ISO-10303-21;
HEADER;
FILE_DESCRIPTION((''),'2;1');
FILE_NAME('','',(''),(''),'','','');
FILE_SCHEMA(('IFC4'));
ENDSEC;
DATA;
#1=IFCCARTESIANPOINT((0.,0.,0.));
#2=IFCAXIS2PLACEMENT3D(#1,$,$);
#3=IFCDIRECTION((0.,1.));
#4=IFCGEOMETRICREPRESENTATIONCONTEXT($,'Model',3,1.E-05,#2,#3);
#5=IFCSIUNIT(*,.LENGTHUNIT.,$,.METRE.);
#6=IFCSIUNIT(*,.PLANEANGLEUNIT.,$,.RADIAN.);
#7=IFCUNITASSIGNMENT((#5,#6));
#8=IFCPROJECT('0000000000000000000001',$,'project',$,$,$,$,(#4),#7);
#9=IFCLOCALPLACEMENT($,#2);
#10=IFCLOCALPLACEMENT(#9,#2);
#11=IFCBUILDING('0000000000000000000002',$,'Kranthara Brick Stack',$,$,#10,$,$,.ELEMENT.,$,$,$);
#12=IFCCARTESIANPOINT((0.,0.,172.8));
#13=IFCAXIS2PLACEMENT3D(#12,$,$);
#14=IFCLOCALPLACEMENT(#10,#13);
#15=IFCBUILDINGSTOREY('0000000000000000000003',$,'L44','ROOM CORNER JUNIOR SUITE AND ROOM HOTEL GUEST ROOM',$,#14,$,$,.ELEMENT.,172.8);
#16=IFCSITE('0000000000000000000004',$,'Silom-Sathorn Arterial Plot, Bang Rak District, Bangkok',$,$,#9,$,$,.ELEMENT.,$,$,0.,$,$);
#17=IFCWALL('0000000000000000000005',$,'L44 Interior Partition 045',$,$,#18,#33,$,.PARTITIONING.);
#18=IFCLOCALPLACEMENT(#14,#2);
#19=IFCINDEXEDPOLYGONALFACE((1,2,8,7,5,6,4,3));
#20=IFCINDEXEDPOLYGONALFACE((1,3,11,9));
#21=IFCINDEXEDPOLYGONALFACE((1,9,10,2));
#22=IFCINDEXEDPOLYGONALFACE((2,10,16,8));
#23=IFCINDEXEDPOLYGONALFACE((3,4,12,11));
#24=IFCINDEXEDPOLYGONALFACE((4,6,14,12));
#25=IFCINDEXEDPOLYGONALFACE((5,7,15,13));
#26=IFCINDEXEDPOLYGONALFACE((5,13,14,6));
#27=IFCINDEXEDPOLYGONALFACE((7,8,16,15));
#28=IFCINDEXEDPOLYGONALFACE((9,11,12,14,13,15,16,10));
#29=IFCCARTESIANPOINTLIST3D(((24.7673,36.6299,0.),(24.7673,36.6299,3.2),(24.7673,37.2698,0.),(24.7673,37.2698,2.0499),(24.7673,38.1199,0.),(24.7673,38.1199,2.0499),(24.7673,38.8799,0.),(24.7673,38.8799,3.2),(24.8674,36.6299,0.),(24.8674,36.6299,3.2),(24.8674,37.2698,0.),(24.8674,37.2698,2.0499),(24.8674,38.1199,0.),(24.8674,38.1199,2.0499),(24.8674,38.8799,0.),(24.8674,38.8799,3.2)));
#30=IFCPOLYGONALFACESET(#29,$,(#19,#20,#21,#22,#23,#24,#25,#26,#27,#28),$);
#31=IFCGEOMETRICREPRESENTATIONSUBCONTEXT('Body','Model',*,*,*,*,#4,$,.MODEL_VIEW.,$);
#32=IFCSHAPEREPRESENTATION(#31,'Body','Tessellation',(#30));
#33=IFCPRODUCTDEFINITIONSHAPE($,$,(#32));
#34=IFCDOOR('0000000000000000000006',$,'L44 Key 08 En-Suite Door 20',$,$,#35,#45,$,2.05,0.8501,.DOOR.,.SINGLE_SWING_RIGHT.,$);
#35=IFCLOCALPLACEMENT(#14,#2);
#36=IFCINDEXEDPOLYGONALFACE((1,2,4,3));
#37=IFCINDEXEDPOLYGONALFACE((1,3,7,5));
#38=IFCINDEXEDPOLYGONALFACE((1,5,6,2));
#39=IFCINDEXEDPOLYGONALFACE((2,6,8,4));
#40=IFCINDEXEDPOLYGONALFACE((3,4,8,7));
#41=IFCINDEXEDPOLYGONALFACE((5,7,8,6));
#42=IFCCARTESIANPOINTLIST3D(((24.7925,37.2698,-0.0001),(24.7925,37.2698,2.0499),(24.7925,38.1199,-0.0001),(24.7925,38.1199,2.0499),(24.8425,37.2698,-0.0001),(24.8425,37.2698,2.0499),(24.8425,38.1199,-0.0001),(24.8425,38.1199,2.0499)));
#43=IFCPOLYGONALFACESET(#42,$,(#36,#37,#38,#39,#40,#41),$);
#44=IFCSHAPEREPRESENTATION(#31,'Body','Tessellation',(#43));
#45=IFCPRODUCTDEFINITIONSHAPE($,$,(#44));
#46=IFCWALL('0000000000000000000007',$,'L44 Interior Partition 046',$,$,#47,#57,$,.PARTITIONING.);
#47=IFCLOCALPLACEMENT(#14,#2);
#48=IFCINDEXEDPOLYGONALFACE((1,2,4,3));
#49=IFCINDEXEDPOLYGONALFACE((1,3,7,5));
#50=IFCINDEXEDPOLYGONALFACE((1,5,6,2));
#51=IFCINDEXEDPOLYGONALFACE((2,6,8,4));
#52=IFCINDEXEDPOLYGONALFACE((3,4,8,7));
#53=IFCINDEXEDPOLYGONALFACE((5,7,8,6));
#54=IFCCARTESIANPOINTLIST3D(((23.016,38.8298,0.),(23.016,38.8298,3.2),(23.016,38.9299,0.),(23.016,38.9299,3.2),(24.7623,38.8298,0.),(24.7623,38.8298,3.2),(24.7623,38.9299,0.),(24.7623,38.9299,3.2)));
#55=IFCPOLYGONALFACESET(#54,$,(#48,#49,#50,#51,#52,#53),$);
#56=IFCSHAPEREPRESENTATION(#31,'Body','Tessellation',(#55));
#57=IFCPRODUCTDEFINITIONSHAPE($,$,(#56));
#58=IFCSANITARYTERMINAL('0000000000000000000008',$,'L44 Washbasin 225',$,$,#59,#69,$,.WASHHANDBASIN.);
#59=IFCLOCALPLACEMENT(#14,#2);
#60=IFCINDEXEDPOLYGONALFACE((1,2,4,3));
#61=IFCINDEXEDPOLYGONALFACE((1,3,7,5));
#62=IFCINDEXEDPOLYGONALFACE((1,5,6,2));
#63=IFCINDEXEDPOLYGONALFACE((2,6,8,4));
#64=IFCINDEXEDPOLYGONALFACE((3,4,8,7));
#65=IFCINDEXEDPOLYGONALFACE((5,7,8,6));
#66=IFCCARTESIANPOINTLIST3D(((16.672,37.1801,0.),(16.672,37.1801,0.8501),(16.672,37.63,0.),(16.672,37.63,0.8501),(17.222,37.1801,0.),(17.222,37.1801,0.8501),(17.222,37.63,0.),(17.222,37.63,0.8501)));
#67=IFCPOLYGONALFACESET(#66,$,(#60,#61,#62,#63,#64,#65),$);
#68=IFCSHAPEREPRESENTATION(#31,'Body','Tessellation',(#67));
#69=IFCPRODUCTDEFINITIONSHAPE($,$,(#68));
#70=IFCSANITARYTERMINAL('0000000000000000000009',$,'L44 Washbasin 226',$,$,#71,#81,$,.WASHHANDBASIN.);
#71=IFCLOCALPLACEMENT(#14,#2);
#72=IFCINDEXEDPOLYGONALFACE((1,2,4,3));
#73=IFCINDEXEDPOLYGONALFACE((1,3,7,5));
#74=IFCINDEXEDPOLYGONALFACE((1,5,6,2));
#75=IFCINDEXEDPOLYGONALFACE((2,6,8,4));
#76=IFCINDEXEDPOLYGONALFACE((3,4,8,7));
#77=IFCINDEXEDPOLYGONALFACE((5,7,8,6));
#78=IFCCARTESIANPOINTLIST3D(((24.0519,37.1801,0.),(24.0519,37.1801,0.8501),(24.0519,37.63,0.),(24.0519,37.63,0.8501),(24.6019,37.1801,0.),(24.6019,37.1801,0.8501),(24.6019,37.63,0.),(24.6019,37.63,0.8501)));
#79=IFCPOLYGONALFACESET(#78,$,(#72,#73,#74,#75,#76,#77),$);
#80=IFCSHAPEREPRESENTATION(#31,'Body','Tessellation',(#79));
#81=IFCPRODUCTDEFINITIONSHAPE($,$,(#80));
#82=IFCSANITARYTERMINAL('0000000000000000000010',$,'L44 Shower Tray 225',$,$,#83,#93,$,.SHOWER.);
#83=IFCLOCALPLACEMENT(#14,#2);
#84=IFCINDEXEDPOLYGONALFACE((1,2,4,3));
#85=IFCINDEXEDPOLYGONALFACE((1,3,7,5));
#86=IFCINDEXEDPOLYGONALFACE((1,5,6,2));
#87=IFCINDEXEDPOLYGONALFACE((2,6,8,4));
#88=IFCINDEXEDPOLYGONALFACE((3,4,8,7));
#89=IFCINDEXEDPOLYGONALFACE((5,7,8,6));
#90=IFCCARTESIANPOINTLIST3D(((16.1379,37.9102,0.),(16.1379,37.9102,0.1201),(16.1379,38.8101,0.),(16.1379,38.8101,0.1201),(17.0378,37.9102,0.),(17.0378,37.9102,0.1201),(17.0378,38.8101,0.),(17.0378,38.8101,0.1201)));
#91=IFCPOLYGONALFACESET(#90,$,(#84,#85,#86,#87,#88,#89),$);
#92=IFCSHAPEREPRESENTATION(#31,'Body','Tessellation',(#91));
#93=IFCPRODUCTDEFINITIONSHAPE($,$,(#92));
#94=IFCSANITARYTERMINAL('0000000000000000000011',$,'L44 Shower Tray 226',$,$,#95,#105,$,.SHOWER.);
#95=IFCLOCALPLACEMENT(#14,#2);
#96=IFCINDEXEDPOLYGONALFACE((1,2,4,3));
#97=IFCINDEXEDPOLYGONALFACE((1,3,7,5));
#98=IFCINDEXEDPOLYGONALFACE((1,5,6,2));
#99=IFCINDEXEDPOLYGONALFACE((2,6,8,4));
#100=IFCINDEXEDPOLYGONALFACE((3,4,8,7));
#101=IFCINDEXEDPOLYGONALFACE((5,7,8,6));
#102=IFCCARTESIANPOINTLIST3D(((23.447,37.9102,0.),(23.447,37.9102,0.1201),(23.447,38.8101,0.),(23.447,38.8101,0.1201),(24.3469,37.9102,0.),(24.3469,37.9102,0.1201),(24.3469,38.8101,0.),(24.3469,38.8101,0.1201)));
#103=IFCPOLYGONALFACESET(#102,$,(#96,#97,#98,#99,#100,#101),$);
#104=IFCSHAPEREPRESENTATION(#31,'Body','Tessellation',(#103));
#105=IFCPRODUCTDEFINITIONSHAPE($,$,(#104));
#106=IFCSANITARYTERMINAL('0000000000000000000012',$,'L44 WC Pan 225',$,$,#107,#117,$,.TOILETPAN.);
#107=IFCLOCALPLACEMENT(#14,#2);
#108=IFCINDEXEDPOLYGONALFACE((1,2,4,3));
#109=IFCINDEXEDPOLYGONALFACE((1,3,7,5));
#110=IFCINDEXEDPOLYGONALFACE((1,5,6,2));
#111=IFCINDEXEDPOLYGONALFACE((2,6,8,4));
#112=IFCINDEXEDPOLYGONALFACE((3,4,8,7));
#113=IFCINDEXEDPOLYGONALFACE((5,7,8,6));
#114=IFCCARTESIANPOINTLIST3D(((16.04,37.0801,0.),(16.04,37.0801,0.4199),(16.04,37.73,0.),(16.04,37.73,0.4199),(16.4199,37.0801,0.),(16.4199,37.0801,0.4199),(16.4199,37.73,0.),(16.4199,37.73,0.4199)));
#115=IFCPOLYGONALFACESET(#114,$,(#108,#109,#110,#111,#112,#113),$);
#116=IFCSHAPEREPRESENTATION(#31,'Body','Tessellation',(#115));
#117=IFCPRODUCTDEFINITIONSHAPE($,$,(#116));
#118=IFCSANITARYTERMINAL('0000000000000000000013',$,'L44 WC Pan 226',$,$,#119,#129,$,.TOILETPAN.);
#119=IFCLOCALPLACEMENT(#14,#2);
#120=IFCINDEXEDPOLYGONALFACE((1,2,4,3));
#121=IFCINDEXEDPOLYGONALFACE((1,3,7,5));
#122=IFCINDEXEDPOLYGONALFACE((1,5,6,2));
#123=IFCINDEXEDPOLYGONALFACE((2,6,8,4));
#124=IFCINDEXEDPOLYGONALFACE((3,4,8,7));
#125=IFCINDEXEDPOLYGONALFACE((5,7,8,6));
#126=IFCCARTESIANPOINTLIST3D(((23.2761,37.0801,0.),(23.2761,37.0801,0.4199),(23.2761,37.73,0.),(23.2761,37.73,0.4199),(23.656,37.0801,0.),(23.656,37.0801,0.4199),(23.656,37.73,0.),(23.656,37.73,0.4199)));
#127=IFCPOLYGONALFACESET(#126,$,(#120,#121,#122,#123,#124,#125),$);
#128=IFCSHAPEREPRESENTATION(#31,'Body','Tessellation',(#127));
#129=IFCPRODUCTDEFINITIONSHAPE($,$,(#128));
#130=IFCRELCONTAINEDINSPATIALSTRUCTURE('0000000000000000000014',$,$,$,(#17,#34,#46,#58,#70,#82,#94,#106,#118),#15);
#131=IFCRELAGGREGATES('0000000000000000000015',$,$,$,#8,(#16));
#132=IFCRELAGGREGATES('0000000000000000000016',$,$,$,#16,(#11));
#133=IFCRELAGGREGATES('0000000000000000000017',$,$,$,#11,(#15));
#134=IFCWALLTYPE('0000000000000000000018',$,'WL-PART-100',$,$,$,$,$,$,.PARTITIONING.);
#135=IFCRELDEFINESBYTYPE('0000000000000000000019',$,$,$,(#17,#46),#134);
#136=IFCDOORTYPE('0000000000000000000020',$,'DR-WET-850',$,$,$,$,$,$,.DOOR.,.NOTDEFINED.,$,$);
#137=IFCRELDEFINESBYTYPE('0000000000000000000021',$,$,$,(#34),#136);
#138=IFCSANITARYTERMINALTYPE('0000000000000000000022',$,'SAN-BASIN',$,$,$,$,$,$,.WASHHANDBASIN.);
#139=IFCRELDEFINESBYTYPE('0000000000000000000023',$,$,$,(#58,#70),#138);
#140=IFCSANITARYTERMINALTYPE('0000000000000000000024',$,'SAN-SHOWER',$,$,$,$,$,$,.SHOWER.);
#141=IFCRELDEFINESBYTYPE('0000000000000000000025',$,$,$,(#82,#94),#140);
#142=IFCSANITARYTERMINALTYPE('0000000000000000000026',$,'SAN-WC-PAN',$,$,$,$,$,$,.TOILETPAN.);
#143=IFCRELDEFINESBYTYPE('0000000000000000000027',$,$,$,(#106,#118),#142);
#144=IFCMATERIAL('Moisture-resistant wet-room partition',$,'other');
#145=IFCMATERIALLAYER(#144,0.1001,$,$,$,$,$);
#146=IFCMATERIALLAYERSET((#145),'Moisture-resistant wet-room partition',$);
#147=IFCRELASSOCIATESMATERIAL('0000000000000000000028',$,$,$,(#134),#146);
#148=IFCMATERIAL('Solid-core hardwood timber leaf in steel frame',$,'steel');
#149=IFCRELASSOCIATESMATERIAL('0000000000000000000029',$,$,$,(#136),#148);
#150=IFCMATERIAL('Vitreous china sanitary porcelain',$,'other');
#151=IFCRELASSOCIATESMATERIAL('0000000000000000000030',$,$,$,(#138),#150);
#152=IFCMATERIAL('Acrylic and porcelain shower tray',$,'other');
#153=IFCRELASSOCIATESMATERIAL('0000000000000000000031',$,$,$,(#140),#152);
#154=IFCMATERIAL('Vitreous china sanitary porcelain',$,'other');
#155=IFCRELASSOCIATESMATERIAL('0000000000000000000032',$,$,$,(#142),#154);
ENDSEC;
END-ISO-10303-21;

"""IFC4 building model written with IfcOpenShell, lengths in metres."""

from ifc_helpers import new_model, si_unit, direction, frame, frame_2d, origin, origin_2d, place, context, subcontext, project, spatial, rectangle, extrude, material, layer, layer_set, type_object, element, fill, save


model = new_model("IFC4")

# Units and contexts
model_context = context("Model", 3, precision=1e-05, world=origin(), true_north=direction((0.0, 1.0)))
body_context = subcontext(model_context, "Body", "Model", "MODEL_VIEW")
ifc_project = project(units=[si_unit("LENGTHUNIT", "METRE"), si_unit("PLANEANGLEUNIT", "RADIAN")], contexts=[model_context])

# Site, building, storey
site_placement = place(None, origin())
site = spatial("IfcSite", under=ifc_project, at=site_placement, Name="Silom-Sathorn Arterial Plot, Bang Rak District, Bangkok", CompositionType="ELEMENT", RefElevation=0.0)
building_placement = place(site_placement, origin())
building = spatial("IfcBuilding", under=site, at=building_placement, Name="Kranthara Brick Stack", CompositionType="ELEMENT")
storey_placement = place(building_placement, frame((0.0, 0.0, 172.8)))
storey = spatial("IfcBuildingStorey", under=building, at=storey_placement, Name="L44", Description="ROOM CORNER JUNIOR SUITE AND ROOM HOTEL GUEST ROOM", CompositionType="ELEMENT", Elevation=172.8)

# Shared definitions
ifc_material_1 = material(Name="Moisture-resistant wet-room partition", Category="other")
ifc_layer_1 = layer(ifc_material_1, 0.1001)
ifc_layer_set_1 = layer_set([ifc_layer_1], Name="Moisture-resistant wet-room partition")
wall_type_1 = type_object("IfcWallType", Name="WL-PART-100", PredefinedType="PARTITIONING", material=ifc_layer_set_1)

# Wall, opening, door
wall_1_placement = place(storey_placement, frame((24.8174, 36.6299, 0.0), z_axis=(0.0, 0.0, 1.0), x_axis=(0.0, 1.0, 0.0)))
wall_1 = element("IfcWall", 1, at=wall_1_placement, inside=storey, type_object=wall_type_1, Name="L44 Interior Partition 045", PredefinedType="PARTITIONING", context=body_context, shape_type="SweptSolid", body=[
    extrude(rectangle(XDim=2.25, YDim=0.1001, at=frame_2d((1.125, 0.0))), origin(), (0.0, 0.0, 1.0), 3.2),
])
opening_1_placement = place(wall_1_placement, frame((0.6399, 0.0, 0.0)))
opening_1 = element("IfcOpeningElement", 2, at=opening_1_placement, cuts=wall_1, PredefinedType="OPENING", context=body_context, shape_type="SweptSolid", body=[
    extrude(rectangle(XDim=0.8501, YDim=2.05, at=frame_2d((0.425, 1.0249))), frame((0.0, 0.0601, 0.0), z_axis=(0.0, -1.0, 0.0), x_axis=(1.0, 0.0, 0.0)), (0.0, 0.0, 1.0), 0.1201),
])
ifc_material_2 = material(Name="Solid-core hardwood timber leaf in steel frame", Category="steel")
door_type_1 = type_object("IfcDoorType", Name="DR-WET-850", OperationType="NOTDEFINED", PredefinedType="DOOR", material=ifc_material_2)
door_1_placement = place(opening_1_placement, origin())
door_1 = element("IfcDoor", 3, at=door_1_placement, inside=storey, type_object=door_type_1, Name="L44 Key 08 En-Suite Door 20", OperationType="SINGLE_SWING_RIGHT", OverallHeight=2.05, OverallWidth=0.8501, PredefinedType="DOOR", context=body_context, shape_type="SweptSolid", body=[
    extrude(rectangle(XDim=0.8501, YDim=2.05, at=frame_2d((0.425, 1.0249))), frame((0.0, 0.0249, 0.0), z_axis=(0.0, -1.0, 0.0), x_axis=(1.0, 0.0, 0.0)), (0.0, 0.0, 1.0), 0.05),
])
fill(opening_1, door_1)

# Wall
wall_2_placement = place(storey_placement, frame((23.0161, 38.8799, 0.0), z_axis=(0.0, 0.0, 1.0), x_axis=(1.0, 0.0, 0.0)))
element("IfcWall", 4, at=wall_2_placement, inside=storey, type_object=wall_type_1, Name="L44 Interior Partition 046", PredefinedType="PARTITIONING", context=body_context, shape_type="SweptSolid", body=[
    extrude(rectangle(XDim=1.7463, YDim=0.1001, at=frame_2d((0.873, 0.0))), origin(), (0.0, 0.0, 1.0), 3.2),
])

# Sanitary terminals
ifc_material_3 = material(Name="Vitreous china sanitary porcelain", Category="other")
sanitary_terminal_type_1 = type_object("IfcSanitaryTerminalType", Name="SAN-BASIN", PredefinedType="WASHHANDBASIN", material=ifc_material_3)
for number, where, z_axis, x_axis, name in (
    (5, (16.947, 37.405, 0.0), (0.0, 0.0, 1.0), (1.0, 0.0, 0.0), "L44 Washbasin 225"),
    (6, (24.3269, 37.405, 0.0), (0.0, 0.0, 1.0), (1.0, 0.0, 0.0), "L44 Washbasin 226"),
):
    element("IfcSanitaryTerminal", number, at=place(storey_placement, frame(where, z_axis=z_axis, x_axis=x_axis)), inside=storey, type_object=sanitary_terminal_type_1, Name=name, PredefinedType="WASHHANDBASIN", context=body_context, shape_type="SweptSolid", body=[
        extrude(rectangle(XDim=0.55, YDim=0.45, at=origin_2d()), origin(), (0.0, 0.0, 1.0), 0.8501),
    ])
ifc_material_4 = material(Name="Acrylic and porcelain shower tray", Category="other")
sanitary_terminal_type_2 = type_object("IfcSanitaryTerminalType", Name="SAN-SHOWER", PredefinedType="SHOWER", material=ifc_material_4)
for number, where, z_axis, x_axis, name in (
    (7, (16.5879, 38.3601, 0.0), (0.0, 0.0, 1.0), (1.0, 0.0, 0.0), "L44 Shower Tray 225"),
    (8, (23.897, 38.3601, 0.0), (0.0, 0.0, 1.0), (1.0, 0.0, 0.0), "L44 Shower Tray 226"),
):
    element("IfcSanitaryTerminal", number, at=place(storey_placement, frame(where, z_axis=z_axis, x_axis=x_axis)), inside=storey, type_object=sanitary_terminal_type_2, Name=name, PredefinedType="SHOWER", context=body_context, shape_type="SweptSolid", body=[
        extrude(rectangle(XDim=0.8999, YDim=0.8999, at=origin_2d()), origin(), (0.0, 0.0, 1.0), 0.1201),
    ])
ifc_material_5 = material(Name="Vitreous china sanitary porcelain", Category="other")
sanitary_terminal_type_3 = type_object("IfcSanitaryTerminalType", Name="SAN-WC-PAN", PredefinedType="TOILETPAN", material=ifc_material_5)
for number, where, z_axis, x_axis, name in (
    (9, (16.23, 37.405, 0.0), (0.0, 0.0, 1.0), (1.0, 0.0, 0.0), "L44 WC Pan 225"),
    (10, (23.4661, 37.405, 0.0), (0.0, 0.0, 1.0), (1.0, 0.0, 0.0), "L44 WC Pan 226"),
):
    element("IfcSanitaryTerminal", number, at=place(storey_placement, frame(where, z_axis=z_axis, x_axis=x_axis)), inside=storey, type_object=sanitary_terminal_type_3, Name=name, PredefinedType="TOILETPAN", context=body_context, shape_type="SweptSolid", body=[
        extrude(rectangle(XDim=0.3799, YDim=0.6499, at=origin_2d()), origin(), (0.0, 0.0, 1.0), 0.4199),
    ])

save(model, "model.ifc")
